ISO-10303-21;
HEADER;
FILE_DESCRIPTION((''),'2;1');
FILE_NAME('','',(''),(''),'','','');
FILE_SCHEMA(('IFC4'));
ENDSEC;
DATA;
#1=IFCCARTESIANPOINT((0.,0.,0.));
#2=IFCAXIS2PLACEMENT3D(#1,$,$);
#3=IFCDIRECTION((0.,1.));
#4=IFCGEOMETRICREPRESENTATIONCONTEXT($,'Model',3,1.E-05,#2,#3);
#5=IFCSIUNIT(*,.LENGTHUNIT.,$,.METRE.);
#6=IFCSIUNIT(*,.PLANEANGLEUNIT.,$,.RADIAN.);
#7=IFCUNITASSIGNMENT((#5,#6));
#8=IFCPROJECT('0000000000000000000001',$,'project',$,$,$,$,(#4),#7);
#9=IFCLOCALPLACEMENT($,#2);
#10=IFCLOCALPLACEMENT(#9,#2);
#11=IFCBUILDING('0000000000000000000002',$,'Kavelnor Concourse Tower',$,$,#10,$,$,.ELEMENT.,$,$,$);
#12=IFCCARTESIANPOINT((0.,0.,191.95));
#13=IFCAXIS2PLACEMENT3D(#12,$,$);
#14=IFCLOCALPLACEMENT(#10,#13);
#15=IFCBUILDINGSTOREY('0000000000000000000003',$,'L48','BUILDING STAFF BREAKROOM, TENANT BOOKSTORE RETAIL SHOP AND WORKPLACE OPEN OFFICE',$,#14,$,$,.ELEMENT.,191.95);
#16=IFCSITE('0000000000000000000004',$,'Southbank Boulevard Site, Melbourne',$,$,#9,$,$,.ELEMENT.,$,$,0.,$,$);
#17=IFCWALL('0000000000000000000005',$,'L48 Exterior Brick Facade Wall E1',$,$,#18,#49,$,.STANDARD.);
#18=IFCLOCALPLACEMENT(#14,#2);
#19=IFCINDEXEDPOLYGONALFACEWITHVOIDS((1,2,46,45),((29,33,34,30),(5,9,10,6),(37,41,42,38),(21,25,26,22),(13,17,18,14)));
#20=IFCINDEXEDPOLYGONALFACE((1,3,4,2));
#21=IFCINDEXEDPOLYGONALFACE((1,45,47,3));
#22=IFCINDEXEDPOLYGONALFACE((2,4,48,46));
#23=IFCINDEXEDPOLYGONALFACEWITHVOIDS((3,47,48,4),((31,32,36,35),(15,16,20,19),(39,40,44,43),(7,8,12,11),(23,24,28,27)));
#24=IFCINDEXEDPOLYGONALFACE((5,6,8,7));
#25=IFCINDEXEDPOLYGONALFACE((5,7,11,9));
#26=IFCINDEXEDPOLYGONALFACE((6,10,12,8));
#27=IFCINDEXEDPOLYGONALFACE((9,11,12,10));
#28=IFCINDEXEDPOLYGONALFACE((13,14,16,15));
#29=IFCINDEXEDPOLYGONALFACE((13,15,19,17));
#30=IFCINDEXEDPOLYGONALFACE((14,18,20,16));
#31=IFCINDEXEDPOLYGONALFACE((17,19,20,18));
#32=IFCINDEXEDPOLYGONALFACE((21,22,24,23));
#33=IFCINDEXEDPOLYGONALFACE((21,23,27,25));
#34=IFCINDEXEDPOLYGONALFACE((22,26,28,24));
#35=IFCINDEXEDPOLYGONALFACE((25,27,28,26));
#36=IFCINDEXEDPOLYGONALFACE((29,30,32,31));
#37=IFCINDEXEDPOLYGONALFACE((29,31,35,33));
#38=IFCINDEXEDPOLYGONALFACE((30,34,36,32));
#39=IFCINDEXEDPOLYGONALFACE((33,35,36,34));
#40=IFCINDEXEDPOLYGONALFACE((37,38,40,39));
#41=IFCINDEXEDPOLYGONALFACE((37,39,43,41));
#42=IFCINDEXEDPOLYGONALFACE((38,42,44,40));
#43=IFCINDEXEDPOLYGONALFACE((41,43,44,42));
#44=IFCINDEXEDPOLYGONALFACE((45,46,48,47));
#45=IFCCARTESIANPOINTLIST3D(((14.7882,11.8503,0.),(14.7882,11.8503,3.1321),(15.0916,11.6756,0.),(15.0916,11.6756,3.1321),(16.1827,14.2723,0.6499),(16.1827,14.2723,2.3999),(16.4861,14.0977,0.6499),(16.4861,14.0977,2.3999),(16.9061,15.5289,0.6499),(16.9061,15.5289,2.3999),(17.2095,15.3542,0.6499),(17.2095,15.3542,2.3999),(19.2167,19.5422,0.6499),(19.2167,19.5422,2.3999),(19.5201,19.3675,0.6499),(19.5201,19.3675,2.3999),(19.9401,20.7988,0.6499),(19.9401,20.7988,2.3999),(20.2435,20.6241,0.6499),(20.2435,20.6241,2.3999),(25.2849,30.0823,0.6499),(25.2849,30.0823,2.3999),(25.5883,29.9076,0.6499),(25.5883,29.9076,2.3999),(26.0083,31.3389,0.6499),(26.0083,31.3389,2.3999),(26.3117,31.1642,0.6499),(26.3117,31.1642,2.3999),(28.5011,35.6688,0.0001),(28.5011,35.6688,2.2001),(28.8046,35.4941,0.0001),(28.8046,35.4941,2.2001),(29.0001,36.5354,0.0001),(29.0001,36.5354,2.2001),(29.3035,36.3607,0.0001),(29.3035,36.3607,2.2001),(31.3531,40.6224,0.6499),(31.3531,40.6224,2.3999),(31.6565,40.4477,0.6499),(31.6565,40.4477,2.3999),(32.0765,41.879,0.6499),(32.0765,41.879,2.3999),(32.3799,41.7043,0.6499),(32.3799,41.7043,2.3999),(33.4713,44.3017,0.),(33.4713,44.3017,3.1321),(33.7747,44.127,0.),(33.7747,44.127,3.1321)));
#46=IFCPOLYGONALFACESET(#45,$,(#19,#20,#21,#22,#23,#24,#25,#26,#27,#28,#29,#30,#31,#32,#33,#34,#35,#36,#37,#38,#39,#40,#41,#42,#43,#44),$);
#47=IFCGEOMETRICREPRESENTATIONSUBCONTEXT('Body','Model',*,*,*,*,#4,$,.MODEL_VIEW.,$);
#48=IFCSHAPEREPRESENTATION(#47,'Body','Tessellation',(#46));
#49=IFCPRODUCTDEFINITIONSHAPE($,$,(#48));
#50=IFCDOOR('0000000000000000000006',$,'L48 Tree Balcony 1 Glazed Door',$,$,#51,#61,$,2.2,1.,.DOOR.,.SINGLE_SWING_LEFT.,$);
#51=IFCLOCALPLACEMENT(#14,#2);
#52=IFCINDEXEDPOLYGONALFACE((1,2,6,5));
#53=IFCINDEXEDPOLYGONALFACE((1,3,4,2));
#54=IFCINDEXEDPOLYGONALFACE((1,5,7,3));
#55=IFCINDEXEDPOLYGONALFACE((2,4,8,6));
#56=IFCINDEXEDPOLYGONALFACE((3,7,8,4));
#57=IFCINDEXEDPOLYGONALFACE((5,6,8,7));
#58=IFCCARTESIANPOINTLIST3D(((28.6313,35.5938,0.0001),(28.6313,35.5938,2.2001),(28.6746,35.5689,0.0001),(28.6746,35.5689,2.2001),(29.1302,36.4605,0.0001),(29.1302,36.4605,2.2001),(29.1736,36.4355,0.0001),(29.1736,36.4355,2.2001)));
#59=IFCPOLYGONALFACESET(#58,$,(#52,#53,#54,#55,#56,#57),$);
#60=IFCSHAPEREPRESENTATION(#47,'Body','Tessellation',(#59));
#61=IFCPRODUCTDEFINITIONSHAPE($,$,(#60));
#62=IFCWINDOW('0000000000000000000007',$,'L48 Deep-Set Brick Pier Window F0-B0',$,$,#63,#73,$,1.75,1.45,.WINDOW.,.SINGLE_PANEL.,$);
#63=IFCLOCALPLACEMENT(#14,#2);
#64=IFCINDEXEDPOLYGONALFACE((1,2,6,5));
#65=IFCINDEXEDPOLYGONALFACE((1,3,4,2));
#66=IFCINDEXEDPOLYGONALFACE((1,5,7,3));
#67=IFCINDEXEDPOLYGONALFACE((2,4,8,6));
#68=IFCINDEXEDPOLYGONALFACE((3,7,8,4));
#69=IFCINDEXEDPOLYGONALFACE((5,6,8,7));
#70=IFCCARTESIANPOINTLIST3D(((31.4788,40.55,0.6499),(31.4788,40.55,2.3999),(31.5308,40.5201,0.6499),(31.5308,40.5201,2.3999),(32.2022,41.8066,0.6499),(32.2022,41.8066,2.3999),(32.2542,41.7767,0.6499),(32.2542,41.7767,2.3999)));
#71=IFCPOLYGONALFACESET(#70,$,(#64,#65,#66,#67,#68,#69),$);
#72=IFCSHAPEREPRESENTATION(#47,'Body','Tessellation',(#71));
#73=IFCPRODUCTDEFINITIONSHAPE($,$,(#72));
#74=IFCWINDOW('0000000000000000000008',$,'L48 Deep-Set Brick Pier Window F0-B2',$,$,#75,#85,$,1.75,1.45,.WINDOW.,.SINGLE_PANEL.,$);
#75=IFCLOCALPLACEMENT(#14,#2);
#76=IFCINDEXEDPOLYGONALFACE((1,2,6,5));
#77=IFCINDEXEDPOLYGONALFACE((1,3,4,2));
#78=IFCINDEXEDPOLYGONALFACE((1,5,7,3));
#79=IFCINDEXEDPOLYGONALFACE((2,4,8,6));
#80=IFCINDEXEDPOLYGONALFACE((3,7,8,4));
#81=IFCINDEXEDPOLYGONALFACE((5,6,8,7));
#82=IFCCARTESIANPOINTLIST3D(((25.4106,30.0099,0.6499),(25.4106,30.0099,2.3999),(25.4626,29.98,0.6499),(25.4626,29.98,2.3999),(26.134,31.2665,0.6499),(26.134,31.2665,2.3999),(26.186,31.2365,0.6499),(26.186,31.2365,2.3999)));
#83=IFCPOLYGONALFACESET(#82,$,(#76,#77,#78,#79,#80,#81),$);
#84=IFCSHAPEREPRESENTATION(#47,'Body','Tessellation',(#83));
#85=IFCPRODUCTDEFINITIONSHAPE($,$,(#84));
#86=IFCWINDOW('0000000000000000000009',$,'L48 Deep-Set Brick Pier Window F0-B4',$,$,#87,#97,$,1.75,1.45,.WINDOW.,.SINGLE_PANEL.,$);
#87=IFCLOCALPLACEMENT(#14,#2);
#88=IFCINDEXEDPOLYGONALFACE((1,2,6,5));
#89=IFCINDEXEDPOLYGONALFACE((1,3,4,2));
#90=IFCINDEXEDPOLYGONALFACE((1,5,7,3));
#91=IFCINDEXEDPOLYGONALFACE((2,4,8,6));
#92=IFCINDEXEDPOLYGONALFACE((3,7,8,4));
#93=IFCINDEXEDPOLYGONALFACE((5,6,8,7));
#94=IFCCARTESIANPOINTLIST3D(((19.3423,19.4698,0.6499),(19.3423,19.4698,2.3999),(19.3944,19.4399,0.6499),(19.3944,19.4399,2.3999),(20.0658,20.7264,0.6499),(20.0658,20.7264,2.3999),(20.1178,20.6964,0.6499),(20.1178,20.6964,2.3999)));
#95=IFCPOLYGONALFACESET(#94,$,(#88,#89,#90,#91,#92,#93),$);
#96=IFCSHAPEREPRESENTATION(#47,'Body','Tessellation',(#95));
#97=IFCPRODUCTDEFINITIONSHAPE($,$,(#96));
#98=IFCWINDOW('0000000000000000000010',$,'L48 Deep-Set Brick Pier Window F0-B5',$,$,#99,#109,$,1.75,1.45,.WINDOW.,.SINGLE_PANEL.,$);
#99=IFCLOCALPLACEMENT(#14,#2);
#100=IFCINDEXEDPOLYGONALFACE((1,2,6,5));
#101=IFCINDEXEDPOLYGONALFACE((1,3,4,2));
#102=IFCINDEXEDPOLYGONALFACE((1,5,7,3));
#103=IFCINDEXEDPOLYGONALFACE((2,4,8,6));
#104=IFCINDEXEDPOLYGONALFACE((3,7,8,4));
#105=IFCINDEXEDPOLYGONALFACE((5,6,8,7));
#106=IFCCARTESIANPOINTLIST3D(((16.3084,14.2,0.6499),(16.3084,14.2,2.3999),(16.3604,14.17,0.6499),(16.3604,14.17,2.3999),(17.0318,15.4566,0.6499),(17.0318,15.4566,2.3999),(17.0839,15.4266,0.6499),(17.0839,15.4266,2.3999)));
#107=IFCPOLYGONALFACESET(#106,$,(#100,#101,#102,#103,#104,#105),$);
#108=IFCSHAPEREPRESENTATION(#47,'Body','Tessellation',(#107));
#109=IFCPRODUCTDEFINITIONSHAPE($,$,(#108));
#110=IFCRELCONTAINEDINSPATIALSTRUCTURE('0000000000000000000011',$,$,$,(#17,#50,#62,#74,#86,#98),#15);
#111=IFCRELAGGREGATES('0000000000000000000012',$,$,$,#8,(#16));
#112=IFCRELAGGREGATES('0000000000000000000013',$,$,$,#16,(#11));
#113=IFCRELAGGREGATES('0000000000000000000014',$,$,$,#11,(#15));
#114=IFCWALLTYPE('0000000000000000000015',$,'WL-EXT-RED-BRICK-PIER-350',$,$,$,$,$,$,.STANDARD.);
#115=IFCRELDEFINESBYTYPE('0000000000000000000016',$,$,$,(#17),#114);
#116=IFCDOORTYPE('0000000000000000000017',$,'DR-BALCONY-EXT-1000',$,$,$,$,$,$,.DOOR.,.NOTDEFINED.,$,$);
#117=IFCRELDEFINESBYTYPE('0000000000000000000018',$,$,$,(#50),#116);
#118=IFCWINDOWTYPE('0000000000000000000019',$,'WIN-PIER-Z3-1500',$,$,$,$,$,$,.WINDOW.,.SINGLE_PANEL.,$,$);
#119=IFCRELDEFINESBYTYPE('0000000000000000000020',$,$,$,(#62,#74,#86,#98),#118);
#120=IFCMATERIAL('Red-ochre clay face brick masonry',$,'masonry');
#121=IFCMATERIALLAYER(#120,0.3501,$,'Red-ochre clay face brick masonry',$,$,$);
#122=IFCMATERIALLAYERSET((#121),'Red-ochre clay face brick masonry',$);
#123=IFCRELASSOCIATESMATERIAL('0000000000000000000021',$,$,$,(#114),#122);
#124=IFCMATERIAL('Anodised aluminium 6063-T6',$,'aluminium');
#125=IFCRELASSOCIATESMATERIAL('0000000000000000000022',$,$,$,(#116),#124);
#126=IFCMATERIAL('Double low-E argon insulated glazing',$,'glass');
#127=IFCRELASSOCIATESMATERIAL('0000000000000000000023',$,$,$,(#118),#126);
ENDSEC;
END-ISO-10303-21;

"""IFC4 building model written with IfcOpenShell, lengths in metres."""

from ifc_helpers import new_model, si_unit, direction, frame, frame_2d, origin, place, context, subcontext, project, spatial, rectangle, extrude, material, layer, layer_set, type_object, element, fill, save


model = new_model("IFC4")

# Units and contexts
model_context = context("Model", 3, precision=1e-05, world=origin(), true_north=direction((0.0, 1.0)))
body_context = subcontext(model_context, "Body", "Model", "MODEL_VIEW")
ifc_project = project(units=[si_unit("LENGTHUNIT", "METRE"), si_unit("PLANEANGLEUNIT", "RADIAN")], contexts=[model_context])

# Site, building, storey
site_placement = place(None, origin())
site = spatial("IfcSite", under=ifc_project, at=site_placement, Name="Southbank Boulevard Site, Melbourne", CompositionType="ELEMENT", RefElevation=0.0)
building_placement = place(site_placement, origin())
building = spatial("IfcBuilding", under=site, at=building_placement, Name="Kavelnor Concourse Tower", CompositionType="ELEMENT")
storey_placement = place(building_placement, frame((0.0, 0.0, 191.95)))
storey = spatial("IfcBuildingStorey", under=building, at=storey_placement, Name="L48", Description="BUILDING STAFF BREAKROOM, TENANT BOOKSTORE RETAIL SHOP AND WORKPLACE OPEN OFFICE", CompositionType="ELEMENT", Elevation=191.95)

# Shared definitions
ifc_material_1 = material(Name="Double low-E argon insulated glazing", Category="glass")

# Wall, openings, door, windows
ifc_material_2 = material(Name="Red-ochre clay face brick masonry", Category="masonry")
ifc_layer_1 = layer(ifc_material_2, 0.3501, Name="Red-ochre clay face brick masonry")
ifc_layer_set_1 = layer_set([ifc_layer_1], Name="Red-ochre clay face brick masonry")
wall_type_1 = type_object("IfcWallType", Name="WL-EXT-RED-BRICK-PIER-350", PredefinedType="STANDARD", material=ifc_layer_set_1)
wall_1_placement = place(storey_placement, frame((14.9399, 11.7629, 0.0), z_axis=(0.0, 0.0, 1.0), x_axis=(0.498944, 0.866635, 0.0)))
wall_1 = element("IfcWall", 1, at=wall_1_placement, inside=storey, type_object=wall_type_1, Name="L48 Exterior Brick Facade Wall E1", PredefinedType="STANDARD", context=body_context, shape_type="SweptSolid", body=[
    extrude(rectangle(XDim=37.4453, YDim=0.3501, at=frame_2d((18.7227, 0.0))), origin(), (0.0, 0.0, 1.0), 3.1321),
])
opening_1_placement = place(wall_1_placement, frame((27.4839, 0.0, 0.0)))
opening_1 = element("IfcOpeningElement", 2, at=opening_1_placement, cuts=wall_1, PredefinedType="OPENING", context=body_context, shape_type="SweptSolid", body=[
    extrude(rectangle(XDim=1.0, YDim=2.2, at=frame_2d((0.5, 1.1001))), frame((0.0, 0.1851, 0.0), z_axis=(0.0, -1.0, 0.0), x_axis=(1.0, 0.0, 0.0)), (0.0, 0.0, 1.0), 0.3701),
])
opening_2_placement = place(wall_1_placement, frame((33.1997, 0.0, 0.6499)))
opening_2 = element("IfcOpeningElement", 3, at=opening_2_placement, cuts=wall_1, PredefinedType="OPENING", context=body_context, shape_type="SweptSolid", body=[
    extrude(rectangle(XDim=1.45, YDim=1.75, at=frame_2d((0.7251, 0.875))), frame((0.0, 0.1851, 0.0), z_axis=(0.0, -1.0, 0.0), x_axis=(1.0, 0.0, 0.0)), (0.0, 0.0, 1.0), 0.3701),
])
opening_3_placement = place(wall_1_placement, frame((21.0376, 0.0, 0.6499)))
opening_3 = element("IfcOpeningElement", 4, at=opening_3_placement, cuts=wall_1, PredefinedType="OPENING", context=body_context, shape_type="SweptSolid", body=[
    extrude(rectangle(XDim=1.45, YDim=1.75, at=frame_2d((0.7251, 0.875))), frame((0.0, 0.1851, 0.0), z_axis=(0.0, -1.0, 0.0), x_axis=(1.0, 0.0, 0.0)), (0.0, 0.0, 1.0), 0.3701),
])
opening_4_placement = place(wall_1_placement, frame((8.8755, 0.0, 0.6499)))
opening_4 = element("IfcOpeningElement", 5, at=opening_4_placement, cuts=wall_1, PredefinedType="OPENING", context=body_context, shape_type="SweptSolid", body=[
    extrude(rectangle(XDim=1.45, YDim=1.75, at=frame_2d((0.7251, 0.875))), frame((0.0, 0.1851, 0.0), z_axis=(0.0, -1.0, 0.0), x_axis=(1.0, 0.0, 0.0)), (0.0, 0.0, 1.0), 0.3701),
])
opening_5_placement = place(wall_1_placement, frame((2.7947, 0.0, 0.6499)))
opening_5 = element("IfcOpeningElement", 6, at=opening_5_placement, cuts=wall_1, PredefinedType="OPENING", context=body_context, shape_type="SweptSolid", body=[
    extrude(rectangle(XDim=1.45, YDim=1.75, at=frame_2d((0.7251, 0.875))), frame((0.0, 0.1851, 0.0), z_axis=(0.0, -1.0, 0.0), x_axis=(1.0, 0.0, 0.0)), (0.0, 0.0, 1.0), 0.3701),
])
ifc_material_3 = material(Name="Anodised aluminium 6063-T6", Category="aluminium")
door_type = type_object("IfcDoorType", Name="DR-BALCONY-EXT-1000", OperationType="NOTDEFINED", PredefinedType="DOOR", material=ifc_material_3)
door_placement = place(opening_1_placement, origin())
door = element("IfcDoor", 7, at=door_placement, inside=storey, type_object=door_type, Name="L48 Tree Balcony 1 Glazed Door", OperationType="SINGLE_SWING_LEFT", OverallHeight=2.2, OverallWidth=1.0, PredefinedType="DOOR", context=body_context, shape_type="SweptSolid", body=[
    extrude(rectangle(XDim=1.0, YDim=2.2, at=frame_2d((0.5, 1.1001))), frame((0.0, 0.0249, 0.0), z_axis=(0.0, -1.0, 0.0), x_axis=(1.0, 0.0, 0.0)), (0.0, 0.0, 1.0), 0.05),
])
fill(opening_1, door)
window_type_1 = type_object("IfcWindowType", Name="WIN-PIER-Z3-1500", PartitioningType="SINGLE_PANEL", PredefinedType="WINDOW", material=ifc_material_1)
window_1_placement = place(opening_2_placement, origin())
window_1 = element("IfcWindow", 8, at=window_1_placement, inside=storey, type_object=window_type_1, Name="L48 Deep-Set Brick Pier Window F0-B0", OverallHeight=1.75, OverallWidth=1.45, PartitioningType="SINGLE_PANEL", PredefinedType="WINDOW", context=body_context, shape_type="SweptSolid", body=[
    extrude(rectangle(XDim=1.45, YDim=1.75, at=frame_2d((0.7251, 0.875))), frame((0.0, 0.03, 0.0), z_axis=(0.0, -1.0, 0.0), x_axis=(1.0, 0.0, 0.0)), (0.0, 0.0, 1.0), 0.0601),
])
fill(opening_2, window_1)
window_2_placement = place(opening_3_placement, origin())
window_2 = element("IfcWindow", 9, at=window_2_placement, inside=storey, type_object=window_type_1, Name="L48 Deep-Set Brick Pier Window F0-B2", OverallHeight=1.75, OverallWidth=1.45, PartitioningType="SINGLE_PANEL", PredefinedType="WINDOW", context=body_context, shape_type="SweptSolid", body=[
    extrude(rectangle(XDim=1.45, YDim=1.75, at=frame_2d((0.7251, 0.875))), frame((0.0, 0.03, 0.0), z_axis=(0.0, -1.0, 0.0), x_axis=(1.0, 0.0, 0.0)), (0.0, 0.0, 1.0), 0.0601),
])
fill(opening_3, window_2)
window_3_placement = place(opening_4_placement, origin())
window_3 = element("IfcWindow", 10, at=window_3_placement, inside=storey, type_object=window_type_1, Name="L48 Deep-Set Brick Pier Window F0-B4", OverallHeight=1.75, OverallWidth=1.45, PartitioningType="SINGLE_PANEL", PredefinedType="WINDOW", context=body_context, shape_type="SweptSolid", body=[
    extrude(rectangle(XDim=1.45, YDim=1.75, at=frame_2d((0.7251, 0.875))), frame((0.0, 0.03, 0.0), z_axis=(0.0, -1.0, 0.0), x_axis=(1.0, 0.0, 0.0)), (0.0, 0.0, 1.0), 0.0601),
])
fill(opening_4, window_3)
window_4_placement = place(opening_5_placement, origin())
window_4 = element("IfcWindow", 11, at=window_4_placement, inside=storey, type_object=window_type_1, Name="L48 Deep-Set Brick Pier Window F0-B5", OverallHeight=1.75, OverallWidth=1.45, PartitioningType="SINGLE_PANEL", PredefinedType="WINDOW", context=body_context, shape_type="SweptSolid", body=[
    extrude(rectangle(XDim=1.45, YDim=1.75, at=frame_2d((0.7251, 0.875))), frame((0.0, 0.03, 0.0), z_axis=(0.0, -1.0, 0.0), x_axis=(1.0, 0.0, 0.0)), (0.0, 0.0, 1.0), 0.0601),
])
fill(opening_5, window_4)

save(model, "model.ifc")
